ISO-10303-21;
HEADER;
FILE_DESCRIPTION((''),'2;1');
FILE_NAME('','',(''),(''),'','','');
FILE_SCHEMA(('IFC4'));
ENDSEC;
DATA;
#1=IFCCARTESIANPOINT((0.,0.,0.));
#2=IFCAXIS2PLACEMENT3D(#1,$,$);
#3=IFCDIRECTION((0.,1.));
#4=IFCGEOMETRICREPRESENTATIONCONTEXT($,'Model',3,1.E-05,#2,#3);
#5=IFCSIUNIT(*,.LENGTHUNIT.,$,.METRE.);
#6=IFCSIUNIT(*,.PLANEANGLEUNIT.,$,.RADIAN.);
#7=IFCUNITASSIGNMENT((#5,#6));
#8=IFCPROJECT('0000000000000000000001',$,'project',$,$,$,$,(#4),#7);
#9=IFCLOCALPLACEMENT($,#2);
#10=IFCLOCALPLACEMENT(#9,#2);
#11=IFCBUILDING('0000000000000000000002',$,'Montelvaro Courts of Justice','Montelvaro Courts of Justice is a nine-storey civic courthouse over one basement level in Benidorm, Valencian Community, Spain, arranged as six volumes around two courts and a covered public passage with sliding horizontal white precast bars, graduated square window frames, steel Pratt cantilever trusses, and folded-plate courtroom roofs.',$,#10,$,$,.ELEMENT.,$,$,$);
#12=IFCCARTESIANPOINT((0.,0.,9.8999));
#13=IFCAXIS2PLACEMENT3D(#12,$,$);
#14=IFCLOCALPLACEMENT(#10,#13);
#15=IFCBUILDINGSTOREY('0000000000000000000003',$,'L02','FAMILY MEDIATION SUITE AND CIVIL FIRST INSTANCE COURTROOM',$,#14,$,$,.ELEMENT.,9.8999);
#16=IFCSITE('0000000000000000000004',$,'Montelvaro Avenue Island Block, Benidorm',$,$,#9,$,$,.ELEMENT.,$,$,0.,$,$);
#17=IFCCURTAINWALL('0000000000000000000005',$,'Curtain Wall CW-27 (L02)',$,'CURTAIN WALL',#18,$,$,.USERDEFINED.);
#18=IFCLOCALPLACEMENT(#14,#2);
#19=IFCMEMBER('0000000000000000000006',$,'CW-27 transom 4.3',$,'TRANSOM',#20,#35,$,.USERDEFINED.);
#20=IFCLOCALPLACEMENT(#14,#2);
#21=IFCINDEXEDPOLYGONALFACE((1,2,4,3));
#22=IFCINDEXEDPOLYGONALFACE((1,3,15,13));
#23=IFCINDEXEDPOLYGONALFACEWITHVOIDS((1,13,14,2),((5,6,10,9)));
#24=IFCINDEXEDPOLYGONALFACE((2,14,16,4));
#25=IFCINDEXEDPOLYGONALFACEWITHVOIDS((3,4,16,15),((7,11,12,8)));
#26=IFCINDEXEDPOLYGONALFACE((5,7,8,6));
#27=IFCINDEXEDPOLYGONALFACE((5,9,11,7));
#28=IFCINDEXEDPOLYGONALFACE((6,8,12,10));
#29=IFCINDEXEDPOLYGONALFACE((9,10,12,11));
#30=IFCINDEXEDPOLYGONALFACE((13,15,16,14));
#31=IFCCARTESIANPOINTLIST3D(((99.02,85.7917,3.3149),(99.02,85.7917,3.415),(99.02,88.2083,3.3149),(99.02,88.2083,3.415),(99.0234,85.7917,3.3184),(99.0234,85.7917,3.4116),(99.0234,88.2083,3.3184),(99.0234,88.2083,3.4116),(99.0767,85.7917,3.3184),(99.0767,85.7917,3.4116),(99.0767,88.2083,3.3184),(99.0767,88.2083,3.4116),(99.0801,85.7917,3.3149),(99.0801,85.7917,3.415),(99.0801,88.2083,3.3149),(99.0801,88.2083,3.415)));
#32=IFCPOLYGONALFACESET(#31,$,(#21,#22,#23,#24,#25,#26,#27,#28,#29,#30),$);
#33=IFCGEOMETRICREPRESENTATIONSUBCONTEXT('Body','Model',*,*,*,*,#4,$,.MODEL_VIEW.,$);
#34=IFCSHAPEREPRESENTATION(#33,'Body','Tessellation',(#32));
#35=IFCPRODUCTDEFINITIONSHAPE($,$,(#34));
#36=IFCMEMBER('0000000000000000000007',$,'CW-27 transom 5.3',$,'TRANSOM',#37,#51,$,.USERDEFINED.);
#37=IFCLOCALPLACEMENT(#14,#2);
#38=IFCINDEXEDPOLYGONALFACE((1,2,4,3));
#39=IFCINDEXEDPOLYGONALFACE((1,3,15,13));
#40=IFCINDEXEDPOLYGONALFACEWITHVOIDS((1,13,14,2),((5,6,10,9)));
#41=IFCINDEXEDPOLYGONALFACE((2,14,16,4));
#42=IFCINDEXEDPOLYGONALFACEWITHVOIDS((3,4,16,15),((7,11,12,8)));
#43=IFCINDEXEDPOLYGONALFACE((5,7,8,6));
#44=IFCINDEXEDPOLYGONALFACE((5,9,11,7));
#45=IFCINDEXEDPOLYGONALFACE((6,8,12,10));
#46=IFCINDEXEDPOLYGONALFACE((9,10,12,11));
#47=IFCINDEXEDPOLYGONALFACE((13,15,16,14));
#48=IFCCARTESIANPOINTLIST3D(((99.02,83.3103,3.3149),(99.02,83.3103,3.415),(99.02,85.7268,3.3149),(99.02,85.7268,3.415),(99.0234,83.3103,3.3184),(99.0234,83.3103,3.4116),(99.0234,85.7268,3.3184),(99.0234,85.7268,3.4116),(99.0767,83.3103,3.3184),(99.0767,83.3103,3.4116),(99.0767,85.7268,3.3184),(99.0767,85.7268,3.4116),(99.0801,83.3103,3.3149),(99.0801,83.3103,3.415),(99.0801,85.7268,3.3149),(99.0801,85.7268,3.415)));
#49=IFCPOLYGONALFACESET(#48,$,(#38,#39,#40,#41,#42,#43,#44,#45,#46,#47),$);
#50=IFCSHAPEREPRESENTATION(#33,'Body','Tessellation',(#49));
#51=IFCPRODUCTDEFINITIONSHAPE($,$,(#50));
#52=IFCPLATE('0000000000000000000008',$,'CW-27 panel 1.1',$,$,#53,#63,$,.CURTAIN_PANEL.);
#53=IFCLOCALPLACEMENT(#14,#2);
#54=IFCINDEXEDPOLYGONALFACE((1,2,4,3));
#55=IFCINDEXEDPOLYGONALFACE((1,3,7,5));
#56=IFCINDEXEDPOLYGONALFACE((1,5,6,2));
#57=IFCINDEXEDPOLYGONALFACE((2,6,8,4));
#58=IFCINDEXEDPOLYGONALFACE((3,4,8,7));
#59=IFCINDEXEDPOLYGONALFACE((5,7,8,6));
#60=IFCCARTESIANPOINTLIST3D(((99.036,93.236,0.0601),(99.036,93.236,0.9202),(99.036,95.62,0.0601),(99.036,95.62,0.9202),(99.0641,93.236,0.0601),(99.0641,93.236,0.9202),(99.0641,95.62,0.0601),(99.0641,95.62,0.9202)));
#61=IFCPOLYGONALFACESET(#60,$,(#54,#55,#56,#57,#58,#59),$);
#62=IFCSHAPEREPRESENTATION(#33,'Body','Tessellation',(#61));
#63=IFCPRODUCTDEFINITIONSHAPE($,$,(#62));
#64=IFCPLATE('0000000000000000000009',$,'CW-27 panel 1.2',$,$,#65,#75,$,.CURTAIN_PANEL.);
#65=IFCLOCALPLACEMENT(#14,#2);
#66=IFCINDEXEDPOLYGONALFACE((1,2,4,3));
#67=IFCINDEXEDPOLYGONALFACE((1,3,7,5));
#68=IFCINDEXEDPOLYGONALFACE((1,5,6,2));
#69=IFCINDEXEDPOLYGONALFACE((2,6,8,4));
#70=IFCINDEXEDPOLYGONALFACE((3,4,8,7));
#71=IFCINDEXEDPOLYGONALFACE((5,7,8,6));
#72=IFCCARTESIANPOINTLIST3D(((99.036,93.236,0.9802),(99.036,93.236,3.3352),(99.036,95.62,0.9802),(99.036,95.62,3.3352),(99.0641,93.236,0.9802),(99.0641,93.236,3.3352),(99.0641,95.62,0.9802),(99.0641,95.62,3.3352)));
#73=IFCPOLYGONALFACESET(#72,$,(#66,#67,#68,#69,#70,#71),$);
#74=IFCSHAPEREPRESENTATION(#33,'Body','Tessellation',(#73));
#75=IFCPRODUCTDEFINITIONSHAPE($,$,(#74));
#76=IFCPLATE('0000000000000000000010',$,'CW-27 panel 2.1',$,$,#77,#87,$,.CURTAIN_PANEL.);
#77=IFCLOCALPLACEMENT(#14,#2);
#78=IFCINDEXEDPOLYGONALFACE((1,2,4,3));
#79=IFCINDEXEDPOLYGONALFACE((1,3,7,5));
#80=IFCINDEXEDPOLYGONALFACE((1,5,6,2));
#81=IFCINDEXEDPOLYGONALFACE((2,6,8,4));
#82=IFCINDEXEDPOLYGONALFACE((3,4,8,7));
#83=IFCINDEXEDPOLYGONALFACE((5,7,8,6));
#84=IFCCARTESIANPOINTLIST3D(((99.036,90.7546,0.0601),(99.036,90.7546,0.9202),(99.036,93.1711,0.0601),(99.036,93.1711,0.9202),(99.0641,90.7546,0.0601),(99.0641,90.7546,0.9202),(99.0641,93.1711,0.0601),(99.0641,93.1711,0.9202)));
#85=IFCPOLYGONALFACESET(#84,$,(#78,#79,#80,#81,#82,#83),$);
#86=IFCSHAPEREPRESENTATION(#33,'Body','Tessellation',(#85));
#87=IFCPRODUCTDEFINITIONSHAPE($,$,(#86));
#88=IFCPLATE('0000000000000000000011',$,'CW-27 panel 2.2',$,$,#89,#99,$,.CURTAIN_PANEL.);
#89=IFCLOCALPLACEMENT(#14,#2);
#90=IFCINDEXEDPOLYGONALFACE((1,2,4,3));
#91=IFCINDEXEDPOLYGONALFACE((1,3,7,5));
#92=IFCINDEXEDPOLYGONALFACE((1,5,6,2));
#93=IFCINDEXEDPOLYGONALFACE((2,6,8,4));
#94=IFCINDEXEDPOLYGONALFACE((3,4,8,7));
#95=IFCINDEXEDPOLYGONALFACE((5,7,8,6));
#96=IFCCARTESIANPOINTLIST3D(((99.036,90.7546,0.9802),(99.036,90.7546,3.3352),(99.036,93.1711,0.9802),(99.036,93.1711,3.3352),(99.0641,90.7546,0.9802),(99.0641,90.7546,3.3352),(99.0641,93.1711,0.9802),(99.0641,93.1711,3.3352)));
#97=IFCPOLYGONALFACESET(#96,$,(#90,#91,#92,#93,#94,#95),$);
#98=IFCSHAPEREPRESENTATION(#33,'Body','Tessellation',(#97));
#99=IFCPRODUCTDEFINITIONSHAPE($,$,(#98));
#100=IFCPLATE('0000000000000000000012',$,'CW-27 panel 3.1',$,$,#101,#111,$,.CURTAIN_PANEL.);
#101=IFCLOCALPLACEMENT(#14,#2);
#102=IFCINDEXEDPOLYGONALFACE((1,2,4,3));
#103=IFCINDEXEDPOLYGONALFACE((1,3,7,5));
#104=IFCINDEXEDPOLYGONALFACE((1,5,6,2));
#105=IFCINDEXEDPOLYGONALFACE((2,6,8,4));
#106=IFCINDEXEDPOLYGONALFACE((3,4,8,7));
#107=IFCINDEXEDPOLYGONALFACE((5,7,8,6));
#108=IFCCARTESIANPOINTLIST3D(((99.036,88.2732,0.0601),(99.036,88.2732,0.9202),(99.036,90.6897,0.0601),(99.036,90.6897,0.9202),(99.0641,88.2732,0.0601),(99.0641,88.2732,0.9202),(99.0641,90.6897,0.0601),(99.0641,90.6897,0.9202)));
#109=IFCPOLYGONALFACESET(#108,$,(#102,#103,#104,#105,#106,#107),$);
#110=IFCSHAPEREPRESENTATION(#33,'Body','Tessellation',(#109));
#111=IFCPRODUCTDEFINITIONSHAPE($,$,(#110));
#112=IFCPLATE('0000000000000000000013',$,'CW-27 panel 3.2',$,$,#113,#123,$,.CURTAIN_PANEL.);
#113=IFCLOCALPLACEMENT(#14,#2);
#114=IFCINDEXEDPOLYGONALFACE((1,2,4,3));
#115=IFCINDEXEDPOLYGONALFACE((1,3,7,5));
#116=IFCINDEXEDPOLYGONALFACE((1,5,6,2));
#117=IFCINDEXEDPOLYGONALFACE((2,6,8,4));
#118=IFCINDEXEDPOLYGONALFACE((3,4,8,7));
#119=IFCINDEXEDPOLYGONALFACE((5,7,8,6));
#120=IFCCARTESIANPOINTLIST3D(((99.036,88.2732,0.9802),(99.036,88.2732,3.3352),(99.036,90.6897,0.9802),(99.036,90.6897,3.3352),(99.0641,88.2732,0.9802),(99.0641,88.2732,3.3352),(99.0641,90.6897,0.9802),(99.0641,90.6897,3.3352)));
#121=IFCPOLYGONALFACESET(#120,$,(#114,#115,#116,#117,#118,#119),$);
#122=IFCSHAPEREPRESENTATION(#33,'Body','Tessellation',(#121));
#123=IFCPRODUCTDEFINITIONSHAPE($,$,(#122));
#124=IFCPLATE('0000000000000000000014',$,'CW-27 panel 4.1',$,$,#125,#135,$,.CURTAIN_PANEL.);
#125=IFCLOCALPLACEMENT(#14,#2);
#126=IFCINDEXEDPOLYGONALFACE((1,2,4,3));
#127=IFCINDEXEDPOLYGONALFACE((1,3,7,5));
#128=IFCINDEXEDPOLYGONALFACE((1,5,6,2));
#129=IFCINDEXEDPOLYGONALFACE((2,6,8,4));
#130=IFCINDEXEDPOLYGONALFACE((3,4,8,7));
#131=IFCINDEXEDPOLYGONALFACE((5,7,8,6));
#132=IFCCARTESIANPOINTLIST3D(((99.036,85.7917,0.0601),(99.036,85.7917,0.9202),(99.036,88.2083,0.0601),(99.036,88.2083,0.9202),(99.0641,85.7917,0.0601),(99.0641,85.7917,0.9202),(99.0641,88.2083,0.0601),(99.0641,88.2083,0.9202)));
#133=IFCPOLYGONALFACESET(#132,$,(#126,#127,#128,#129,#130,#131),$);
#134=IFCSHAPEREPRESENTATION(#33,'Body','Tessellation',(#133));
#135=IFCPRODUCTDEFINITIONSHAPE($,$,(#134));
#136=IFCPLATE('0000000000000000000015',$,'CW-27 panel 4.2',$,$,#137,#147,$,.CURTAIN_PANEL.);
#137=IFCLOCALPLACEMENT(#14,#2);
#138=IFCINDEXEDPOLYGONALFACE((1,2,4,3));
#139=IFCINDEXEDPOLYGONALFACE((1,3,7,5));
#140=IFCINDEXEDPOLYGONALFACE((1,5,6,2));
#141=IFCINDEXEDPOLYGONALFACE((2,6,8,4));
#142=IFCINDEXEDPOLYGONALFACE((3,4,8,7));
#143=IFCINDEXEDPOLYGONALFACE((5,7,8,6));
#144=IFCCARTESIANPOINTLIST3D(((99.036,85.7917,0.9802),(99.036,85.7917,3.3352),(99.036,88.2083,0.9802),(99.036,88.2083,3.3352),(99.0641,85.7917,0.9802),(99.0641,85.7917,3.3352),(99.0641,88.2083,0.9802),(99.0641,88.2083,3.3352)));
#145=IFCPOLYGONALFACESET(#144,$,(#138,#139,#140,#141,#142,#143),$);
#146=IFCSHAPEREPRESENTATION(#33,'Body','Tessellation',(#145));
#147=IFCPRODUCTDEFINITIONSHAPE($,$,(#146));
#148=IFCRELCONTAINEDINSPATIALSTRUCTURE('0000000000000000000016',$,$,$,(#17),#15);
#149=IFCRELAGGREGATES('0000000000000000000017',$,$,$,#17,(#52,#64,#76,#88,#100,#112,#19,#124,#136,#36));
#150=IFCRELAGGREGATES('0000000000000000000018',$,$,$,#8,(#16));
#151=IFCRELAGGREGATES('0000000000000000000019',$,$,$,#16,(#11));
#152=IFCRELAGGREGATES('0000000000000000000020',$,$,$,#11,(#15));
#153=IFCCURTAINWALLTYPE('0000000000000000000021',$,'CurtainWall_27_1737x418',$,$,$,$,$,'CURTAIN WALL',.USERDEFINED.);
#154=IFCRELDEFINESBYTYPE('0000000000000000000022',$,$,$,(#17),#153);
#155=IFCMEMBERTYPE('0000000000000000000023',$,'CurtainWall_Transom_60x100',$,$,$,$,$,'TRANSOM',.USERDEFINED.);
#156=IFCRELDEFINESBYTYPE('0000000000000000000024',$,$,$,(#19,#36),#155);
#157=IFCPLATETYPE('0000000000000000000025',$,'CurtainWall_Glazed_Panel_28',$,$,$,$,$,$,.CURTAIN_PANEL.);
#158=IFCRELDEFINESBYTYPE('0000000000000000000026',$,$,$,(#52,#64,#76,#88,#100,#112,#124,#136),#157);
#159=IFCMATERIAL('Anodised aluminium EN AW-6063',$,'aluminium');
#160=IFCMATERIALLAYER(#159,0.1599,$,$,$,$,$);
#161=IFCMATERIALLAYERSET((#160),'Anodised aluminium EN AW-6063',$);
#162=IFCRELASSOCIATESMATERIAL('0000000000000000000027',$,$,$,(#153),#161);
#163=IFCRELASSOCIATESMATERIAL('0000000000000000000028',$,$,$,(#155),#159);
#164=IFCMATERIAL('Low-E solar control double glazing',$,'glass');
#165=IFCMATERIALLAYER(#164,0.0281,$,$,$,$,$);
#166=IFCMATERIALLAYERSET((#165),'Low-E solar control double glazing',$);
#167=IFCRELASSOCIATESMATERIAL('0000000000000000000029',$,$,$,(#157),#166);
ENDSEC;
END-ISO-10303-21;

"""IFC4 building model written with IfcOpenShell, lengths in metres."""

from ifc_helpers import new_model, si_unit, direction, frame, origin, origin_2d, place, context, subcontext, project, spatial, rectangle, hollow_rectangle, extrude, material, layer, layer_set, material_profile, profile_set, type_object, element, aggregate, save


model = new_model("IFC4")

# Units and contexts
model_context = context("Model", 3, precision=1e-05, world=origin(), true_north=direction((0.0, 1.0)))
body_context = subcontext(model_context, "Body", "Model", "MODEL_VIEW")
ifc_project = project(units=[si_unit("LENGTHUNIT", "METRE"), si_unit("PLANEANGLEUNIT", "RADIAN")], contexts=[model_context])

# Site, building, storey
site_placement = place(None, origin())
site = spatial("IfcSite", under=ifc_project, at=site_placement, Name="Montelvaro Avenue Island Block, Benidorm", CompositionType="ELEMENT", RefElevation=0.0)
building_placement = place(site_placement, origin())
building = spatial("IfcBuilding", under=site, at=building_placement, Name="Montelvaro Courts of Justice", Description="Montelvaro Courts of Justice is a nine-storey civic courthouse over one basement level in Benidorm, Valencian Community, Spain, arranged as six volumes around two courts and a covered public passage with sliding horizontal white precast bars, graduated square window frames, steel Pratt cantilever trusses, and folded-plate courtroom roofs.", CompositionType="ELEMENT")
storey_placement = place(building_placement, frame((0.0, 0.0, 9.8999)))
storey = spatial("IfcBuildingStorey", under=building, at=storey_placement, Name="L02", Description="FAMILY MEDIATION SUITE AND CIVIL FIRST INSTANCE COURTROOM", CompositionType="ELEMENT", Elevation=9.8999)

# Curtain wall, members, plates
ifc_material_1 = material(Name="Anodised aluminium EN AW-6063", Category="aluminium")
ifc_layer_1 = layer(ifc_material_1, 0.1599)
ifc_layer_set_1 = layer_set([ifc_layer_1], Name="Anodised aluminium EN AW-6063")
curtain_wall_type = type_object("IfcCurtainWallType", Name="CurtainWall_27_1737x418", ElementType="CURTAIN WALL", PredefinedType="USERDEFINED", material=ifc_layer_set_1)
curtain_wall_placement = place(storey_placement, origin())
curtain_wall = element("IfcCurtainWall", 1, at=curtain_wall_placement, inside=storey, type_object=curtain_wall_type, Name="Curtain Wall CW-27 (L02)", ObjectType="CURTAIN WALL", PredefinedType="USERDEFINED")
ifc_material_profile_1 = material_profile(ifc_material_1, hollow_rectangle(XDim=0.0601, YDim=0.1001, WallThickness=0.0034, at=origin_2d()), Name="ALU-T 60x100")
ifc_profile_set_1 = profile_set([ifc_material_profile_1], Name="Anodised aluminium EN AW-6063")
member_type_1 = type_object("IfcMemberType", Name="CurtainWall_Transom_60x100", ElementType="TRANSOM", PredefinedType="USERDEFINED", material=ifc_profile_set_1)
member_1_placement = place(storey_placement, frame((99.05, 88.2083, 3.365), z_axis=(0.0, -1.0, 0.0), x_axis=(1.0, 0.0, 0.0)))
member_1 = element("IfcMember", 2, at=member_1_placement, type_object=member_type_1, Name="CW-27 transom 4.3", ObjectType="TRANSOM", PredefinedType="USERDEFINED", context=body_context, shape_type="SweptSolid", body=[
    extrude(hollow_rectangle(XDim=0.0601, YDim=0.1001, WallThickness=0.0034, at=origin_2d()), origin(), (0.0, 0.0, 1.0), 2.4165),
])
member_2_placement = place(storey_placement, frame((99.05, 85.7268, 3.365), z_axis=(0.0, -1.0, 0.0), x_axis=(1.0, 0.0, 0.0)))
member_2 = element("IfcMember", 3, at=member_2_placement, type_object=member_type_1, Name="CW-27 transom 5.3", ObjectType="TRANSOM", PredefinedType="USERDEFINED", context=body_context, shape_type="SweptSolid", body=[
    extrude(hollow_rectangle(XDim=0.0601, YDim=0.1001, WallThickness=0.0034, at=origin_2d()), origin(), (0.0, 0.0, 1.0), 2.4165),
])
ifc_material_2 = material(Name="Low-E solar control double glazing", Category="glass")
ifc_layer_2 = layer(ifc_material_2, 0.0281)
ifc_layer_set_2 = layer_set([ifc_layer_2], Name="Low-E solar control double glazing")
plate_type = type_object("IfcPlateType", Name="CurtainWall_Glazed_Panel_28", PredefinedType="CURTAIN_PANEL", material=ifc_layer_set_2)
plate_1_placement = place(storey_placement, frame((99.05, 94.428, 0.0601), z_axis=(0.0, 0.0, 1.0), x_axis=(0.0, -1.0, 0.0)))
plate_1 = element("IfcPlate", 4, at=plate_1_placement, type_object=plate_type, Name="CW-27 panel 1.1", PredefinedType="CURTAIN_PANEL", context=body_context, shape_type="SweptSolid", body=[
    extrude(rectangle(XDim=2.384, YDim=0.0281, at=origin_2d()), origin(), (0.0, 0.0, 1.0), 0.8601),
])
plate_2_placement = place(storey_placement, frame((99.05, 94.428, 0.9802), z_axis=(0.0, 0.0, 1.0), x_axis=(0.0, -1.0, 0.0)))
plate_2 = element("IfcPlate", 5, at=plate_2_placement, type_object=plate_type, Name="CW-27 panel 1.2", PredefinedType="CURTAIN_PANEL", context=body_context, shape_type="SweptSolid", body=[
    extrude(rectangle(XDim=2.384, YDim=0.0281, at=origin_2d()), origin(), (0.0, 0.0, 1.0), 2.355),
])
plate_3_placement = place(storey_placement, frame((99.05, 91.9629, 0.0601), z_axis=(0.0, 0.0, 1.0), x_axis=(0.0, -1.0, 0.0)))
plate_3 = element("IfcPlate", 6, at=plate_3_placement, type_object=plate_type, Name="CW-27 panel 2.1", PredefinedType="CURTAIN_PANEL", context=body_context, shape_type="SweptSolid", body=[
    extrude(rectangle(XDim=2.4165, YDim=0.0281, at=origin_2d()), origin(), (0.0, 0.0, 1.0), 0.8601),
])
plate_4_placement = place(storey_placement, frame((99.05, 91.9629, 0.9802), z_axis=(0.0, 0.0, 1.0), x_axis=(0.0, -1.0, 0.0)))
plate_4 = element("IfcPlate", 7, at=plate_4_placement, type_object=plate_type, Name="CW-27 panel 2.2", PredefinedType="CURTAIN_PANEL", context=body_context, shape_type="SweptSolid", body=[
    extrude(rectangle(XDim=2.4165, YDim=0.0281, at=origin_2d()), origin(), (0.0, 0.0, 1.0), 2.355),
])
plate_5_placement = place(storey_placement, frame((99.05, 89.4814, 0.0601), z_axis=(0.0, 0.0, 1.0), x_axis=(0.0, -1.0, 0.0)))
plate_5 = element("IfcPlate", 8, at=plate_5_placement, type_object=plate_type, Name="CW-27 panel 3.1", PredefinedType="CURTAIN_PANEL", context=body_context, shape_type="SweptSolid", body=[
    extrude(rectangle(XDim=2.4165, YDim=0.0281, at=origin_2d()), origin(), (0.0, 0.0, 1.0), 0.8601),
])
plate_6_placement = place(storey_placement, frame((99.05, 89.4814, 0.9802), z_axis=(0.0, 0.0, 1.0), x_axis=(0.0, -1.0, 0.0)))
plate_6 = element("IfcPlate", 9, at=plate_6_placement, type_object=plate_type, Name="CW-27 panel 3.2", PredefinedType="CURTAIN_PANEL", context=body_context, shape_type="SweptSolid", body=[
    extrude(rectangle(XDim=2.4165, YDim=0.0281, at=origin_2d()), origin(), (0.0, 0.0, 1.0), 2.355),
])
plate_7_placement = place(storey_placement, frame((99.05, 87.0, 0.0601), z_axis=(0.0, 0.0, 1.0), x_axis=(0.0, -1.0, 0.0)))
plate_7 = element("IfcPlate", 10, at=plate_7_placement, type_object=plate_type, Name="CW-27 panel 4.1", PredefinedType="CURTAIN_PANEL", context=body_context, shape_type="SweptSolid", body=[
    extrude(rectangle(XDim=2.4165, YDim=0.0281, at=origin_2d()), origin(), (0.0, 0.0, 1.0), 0.8601),
])
plate_8_placement = place(storey_placement, frame((99.05, 87.0, 0.9802), z_axis=(0.0, 0.0, 1.0), x_axis=(0.0, -1.0, 0.0)))
plate_8 = element("IfcPlate", 11, at=plate_8_placement, type_object=plate_type, Name="CW-27 panel 4.2", PredefinedType="CURTAIN_PANEL", context=body_context, shape_type="SweptSolid", body=[
    extrude(rectangle(XDim=2.4165, YDim=0.0281, at=origin_2d()), origin(), (0.0, 0.0, 1.0), 2.355),
])
aggregate(curtain_wall, [plate_1, plate_2, plate_3, plate_4, plate_5, plate_6, member_1, plate_7, plate_8, member_2])

save(model, "model.ifc")
